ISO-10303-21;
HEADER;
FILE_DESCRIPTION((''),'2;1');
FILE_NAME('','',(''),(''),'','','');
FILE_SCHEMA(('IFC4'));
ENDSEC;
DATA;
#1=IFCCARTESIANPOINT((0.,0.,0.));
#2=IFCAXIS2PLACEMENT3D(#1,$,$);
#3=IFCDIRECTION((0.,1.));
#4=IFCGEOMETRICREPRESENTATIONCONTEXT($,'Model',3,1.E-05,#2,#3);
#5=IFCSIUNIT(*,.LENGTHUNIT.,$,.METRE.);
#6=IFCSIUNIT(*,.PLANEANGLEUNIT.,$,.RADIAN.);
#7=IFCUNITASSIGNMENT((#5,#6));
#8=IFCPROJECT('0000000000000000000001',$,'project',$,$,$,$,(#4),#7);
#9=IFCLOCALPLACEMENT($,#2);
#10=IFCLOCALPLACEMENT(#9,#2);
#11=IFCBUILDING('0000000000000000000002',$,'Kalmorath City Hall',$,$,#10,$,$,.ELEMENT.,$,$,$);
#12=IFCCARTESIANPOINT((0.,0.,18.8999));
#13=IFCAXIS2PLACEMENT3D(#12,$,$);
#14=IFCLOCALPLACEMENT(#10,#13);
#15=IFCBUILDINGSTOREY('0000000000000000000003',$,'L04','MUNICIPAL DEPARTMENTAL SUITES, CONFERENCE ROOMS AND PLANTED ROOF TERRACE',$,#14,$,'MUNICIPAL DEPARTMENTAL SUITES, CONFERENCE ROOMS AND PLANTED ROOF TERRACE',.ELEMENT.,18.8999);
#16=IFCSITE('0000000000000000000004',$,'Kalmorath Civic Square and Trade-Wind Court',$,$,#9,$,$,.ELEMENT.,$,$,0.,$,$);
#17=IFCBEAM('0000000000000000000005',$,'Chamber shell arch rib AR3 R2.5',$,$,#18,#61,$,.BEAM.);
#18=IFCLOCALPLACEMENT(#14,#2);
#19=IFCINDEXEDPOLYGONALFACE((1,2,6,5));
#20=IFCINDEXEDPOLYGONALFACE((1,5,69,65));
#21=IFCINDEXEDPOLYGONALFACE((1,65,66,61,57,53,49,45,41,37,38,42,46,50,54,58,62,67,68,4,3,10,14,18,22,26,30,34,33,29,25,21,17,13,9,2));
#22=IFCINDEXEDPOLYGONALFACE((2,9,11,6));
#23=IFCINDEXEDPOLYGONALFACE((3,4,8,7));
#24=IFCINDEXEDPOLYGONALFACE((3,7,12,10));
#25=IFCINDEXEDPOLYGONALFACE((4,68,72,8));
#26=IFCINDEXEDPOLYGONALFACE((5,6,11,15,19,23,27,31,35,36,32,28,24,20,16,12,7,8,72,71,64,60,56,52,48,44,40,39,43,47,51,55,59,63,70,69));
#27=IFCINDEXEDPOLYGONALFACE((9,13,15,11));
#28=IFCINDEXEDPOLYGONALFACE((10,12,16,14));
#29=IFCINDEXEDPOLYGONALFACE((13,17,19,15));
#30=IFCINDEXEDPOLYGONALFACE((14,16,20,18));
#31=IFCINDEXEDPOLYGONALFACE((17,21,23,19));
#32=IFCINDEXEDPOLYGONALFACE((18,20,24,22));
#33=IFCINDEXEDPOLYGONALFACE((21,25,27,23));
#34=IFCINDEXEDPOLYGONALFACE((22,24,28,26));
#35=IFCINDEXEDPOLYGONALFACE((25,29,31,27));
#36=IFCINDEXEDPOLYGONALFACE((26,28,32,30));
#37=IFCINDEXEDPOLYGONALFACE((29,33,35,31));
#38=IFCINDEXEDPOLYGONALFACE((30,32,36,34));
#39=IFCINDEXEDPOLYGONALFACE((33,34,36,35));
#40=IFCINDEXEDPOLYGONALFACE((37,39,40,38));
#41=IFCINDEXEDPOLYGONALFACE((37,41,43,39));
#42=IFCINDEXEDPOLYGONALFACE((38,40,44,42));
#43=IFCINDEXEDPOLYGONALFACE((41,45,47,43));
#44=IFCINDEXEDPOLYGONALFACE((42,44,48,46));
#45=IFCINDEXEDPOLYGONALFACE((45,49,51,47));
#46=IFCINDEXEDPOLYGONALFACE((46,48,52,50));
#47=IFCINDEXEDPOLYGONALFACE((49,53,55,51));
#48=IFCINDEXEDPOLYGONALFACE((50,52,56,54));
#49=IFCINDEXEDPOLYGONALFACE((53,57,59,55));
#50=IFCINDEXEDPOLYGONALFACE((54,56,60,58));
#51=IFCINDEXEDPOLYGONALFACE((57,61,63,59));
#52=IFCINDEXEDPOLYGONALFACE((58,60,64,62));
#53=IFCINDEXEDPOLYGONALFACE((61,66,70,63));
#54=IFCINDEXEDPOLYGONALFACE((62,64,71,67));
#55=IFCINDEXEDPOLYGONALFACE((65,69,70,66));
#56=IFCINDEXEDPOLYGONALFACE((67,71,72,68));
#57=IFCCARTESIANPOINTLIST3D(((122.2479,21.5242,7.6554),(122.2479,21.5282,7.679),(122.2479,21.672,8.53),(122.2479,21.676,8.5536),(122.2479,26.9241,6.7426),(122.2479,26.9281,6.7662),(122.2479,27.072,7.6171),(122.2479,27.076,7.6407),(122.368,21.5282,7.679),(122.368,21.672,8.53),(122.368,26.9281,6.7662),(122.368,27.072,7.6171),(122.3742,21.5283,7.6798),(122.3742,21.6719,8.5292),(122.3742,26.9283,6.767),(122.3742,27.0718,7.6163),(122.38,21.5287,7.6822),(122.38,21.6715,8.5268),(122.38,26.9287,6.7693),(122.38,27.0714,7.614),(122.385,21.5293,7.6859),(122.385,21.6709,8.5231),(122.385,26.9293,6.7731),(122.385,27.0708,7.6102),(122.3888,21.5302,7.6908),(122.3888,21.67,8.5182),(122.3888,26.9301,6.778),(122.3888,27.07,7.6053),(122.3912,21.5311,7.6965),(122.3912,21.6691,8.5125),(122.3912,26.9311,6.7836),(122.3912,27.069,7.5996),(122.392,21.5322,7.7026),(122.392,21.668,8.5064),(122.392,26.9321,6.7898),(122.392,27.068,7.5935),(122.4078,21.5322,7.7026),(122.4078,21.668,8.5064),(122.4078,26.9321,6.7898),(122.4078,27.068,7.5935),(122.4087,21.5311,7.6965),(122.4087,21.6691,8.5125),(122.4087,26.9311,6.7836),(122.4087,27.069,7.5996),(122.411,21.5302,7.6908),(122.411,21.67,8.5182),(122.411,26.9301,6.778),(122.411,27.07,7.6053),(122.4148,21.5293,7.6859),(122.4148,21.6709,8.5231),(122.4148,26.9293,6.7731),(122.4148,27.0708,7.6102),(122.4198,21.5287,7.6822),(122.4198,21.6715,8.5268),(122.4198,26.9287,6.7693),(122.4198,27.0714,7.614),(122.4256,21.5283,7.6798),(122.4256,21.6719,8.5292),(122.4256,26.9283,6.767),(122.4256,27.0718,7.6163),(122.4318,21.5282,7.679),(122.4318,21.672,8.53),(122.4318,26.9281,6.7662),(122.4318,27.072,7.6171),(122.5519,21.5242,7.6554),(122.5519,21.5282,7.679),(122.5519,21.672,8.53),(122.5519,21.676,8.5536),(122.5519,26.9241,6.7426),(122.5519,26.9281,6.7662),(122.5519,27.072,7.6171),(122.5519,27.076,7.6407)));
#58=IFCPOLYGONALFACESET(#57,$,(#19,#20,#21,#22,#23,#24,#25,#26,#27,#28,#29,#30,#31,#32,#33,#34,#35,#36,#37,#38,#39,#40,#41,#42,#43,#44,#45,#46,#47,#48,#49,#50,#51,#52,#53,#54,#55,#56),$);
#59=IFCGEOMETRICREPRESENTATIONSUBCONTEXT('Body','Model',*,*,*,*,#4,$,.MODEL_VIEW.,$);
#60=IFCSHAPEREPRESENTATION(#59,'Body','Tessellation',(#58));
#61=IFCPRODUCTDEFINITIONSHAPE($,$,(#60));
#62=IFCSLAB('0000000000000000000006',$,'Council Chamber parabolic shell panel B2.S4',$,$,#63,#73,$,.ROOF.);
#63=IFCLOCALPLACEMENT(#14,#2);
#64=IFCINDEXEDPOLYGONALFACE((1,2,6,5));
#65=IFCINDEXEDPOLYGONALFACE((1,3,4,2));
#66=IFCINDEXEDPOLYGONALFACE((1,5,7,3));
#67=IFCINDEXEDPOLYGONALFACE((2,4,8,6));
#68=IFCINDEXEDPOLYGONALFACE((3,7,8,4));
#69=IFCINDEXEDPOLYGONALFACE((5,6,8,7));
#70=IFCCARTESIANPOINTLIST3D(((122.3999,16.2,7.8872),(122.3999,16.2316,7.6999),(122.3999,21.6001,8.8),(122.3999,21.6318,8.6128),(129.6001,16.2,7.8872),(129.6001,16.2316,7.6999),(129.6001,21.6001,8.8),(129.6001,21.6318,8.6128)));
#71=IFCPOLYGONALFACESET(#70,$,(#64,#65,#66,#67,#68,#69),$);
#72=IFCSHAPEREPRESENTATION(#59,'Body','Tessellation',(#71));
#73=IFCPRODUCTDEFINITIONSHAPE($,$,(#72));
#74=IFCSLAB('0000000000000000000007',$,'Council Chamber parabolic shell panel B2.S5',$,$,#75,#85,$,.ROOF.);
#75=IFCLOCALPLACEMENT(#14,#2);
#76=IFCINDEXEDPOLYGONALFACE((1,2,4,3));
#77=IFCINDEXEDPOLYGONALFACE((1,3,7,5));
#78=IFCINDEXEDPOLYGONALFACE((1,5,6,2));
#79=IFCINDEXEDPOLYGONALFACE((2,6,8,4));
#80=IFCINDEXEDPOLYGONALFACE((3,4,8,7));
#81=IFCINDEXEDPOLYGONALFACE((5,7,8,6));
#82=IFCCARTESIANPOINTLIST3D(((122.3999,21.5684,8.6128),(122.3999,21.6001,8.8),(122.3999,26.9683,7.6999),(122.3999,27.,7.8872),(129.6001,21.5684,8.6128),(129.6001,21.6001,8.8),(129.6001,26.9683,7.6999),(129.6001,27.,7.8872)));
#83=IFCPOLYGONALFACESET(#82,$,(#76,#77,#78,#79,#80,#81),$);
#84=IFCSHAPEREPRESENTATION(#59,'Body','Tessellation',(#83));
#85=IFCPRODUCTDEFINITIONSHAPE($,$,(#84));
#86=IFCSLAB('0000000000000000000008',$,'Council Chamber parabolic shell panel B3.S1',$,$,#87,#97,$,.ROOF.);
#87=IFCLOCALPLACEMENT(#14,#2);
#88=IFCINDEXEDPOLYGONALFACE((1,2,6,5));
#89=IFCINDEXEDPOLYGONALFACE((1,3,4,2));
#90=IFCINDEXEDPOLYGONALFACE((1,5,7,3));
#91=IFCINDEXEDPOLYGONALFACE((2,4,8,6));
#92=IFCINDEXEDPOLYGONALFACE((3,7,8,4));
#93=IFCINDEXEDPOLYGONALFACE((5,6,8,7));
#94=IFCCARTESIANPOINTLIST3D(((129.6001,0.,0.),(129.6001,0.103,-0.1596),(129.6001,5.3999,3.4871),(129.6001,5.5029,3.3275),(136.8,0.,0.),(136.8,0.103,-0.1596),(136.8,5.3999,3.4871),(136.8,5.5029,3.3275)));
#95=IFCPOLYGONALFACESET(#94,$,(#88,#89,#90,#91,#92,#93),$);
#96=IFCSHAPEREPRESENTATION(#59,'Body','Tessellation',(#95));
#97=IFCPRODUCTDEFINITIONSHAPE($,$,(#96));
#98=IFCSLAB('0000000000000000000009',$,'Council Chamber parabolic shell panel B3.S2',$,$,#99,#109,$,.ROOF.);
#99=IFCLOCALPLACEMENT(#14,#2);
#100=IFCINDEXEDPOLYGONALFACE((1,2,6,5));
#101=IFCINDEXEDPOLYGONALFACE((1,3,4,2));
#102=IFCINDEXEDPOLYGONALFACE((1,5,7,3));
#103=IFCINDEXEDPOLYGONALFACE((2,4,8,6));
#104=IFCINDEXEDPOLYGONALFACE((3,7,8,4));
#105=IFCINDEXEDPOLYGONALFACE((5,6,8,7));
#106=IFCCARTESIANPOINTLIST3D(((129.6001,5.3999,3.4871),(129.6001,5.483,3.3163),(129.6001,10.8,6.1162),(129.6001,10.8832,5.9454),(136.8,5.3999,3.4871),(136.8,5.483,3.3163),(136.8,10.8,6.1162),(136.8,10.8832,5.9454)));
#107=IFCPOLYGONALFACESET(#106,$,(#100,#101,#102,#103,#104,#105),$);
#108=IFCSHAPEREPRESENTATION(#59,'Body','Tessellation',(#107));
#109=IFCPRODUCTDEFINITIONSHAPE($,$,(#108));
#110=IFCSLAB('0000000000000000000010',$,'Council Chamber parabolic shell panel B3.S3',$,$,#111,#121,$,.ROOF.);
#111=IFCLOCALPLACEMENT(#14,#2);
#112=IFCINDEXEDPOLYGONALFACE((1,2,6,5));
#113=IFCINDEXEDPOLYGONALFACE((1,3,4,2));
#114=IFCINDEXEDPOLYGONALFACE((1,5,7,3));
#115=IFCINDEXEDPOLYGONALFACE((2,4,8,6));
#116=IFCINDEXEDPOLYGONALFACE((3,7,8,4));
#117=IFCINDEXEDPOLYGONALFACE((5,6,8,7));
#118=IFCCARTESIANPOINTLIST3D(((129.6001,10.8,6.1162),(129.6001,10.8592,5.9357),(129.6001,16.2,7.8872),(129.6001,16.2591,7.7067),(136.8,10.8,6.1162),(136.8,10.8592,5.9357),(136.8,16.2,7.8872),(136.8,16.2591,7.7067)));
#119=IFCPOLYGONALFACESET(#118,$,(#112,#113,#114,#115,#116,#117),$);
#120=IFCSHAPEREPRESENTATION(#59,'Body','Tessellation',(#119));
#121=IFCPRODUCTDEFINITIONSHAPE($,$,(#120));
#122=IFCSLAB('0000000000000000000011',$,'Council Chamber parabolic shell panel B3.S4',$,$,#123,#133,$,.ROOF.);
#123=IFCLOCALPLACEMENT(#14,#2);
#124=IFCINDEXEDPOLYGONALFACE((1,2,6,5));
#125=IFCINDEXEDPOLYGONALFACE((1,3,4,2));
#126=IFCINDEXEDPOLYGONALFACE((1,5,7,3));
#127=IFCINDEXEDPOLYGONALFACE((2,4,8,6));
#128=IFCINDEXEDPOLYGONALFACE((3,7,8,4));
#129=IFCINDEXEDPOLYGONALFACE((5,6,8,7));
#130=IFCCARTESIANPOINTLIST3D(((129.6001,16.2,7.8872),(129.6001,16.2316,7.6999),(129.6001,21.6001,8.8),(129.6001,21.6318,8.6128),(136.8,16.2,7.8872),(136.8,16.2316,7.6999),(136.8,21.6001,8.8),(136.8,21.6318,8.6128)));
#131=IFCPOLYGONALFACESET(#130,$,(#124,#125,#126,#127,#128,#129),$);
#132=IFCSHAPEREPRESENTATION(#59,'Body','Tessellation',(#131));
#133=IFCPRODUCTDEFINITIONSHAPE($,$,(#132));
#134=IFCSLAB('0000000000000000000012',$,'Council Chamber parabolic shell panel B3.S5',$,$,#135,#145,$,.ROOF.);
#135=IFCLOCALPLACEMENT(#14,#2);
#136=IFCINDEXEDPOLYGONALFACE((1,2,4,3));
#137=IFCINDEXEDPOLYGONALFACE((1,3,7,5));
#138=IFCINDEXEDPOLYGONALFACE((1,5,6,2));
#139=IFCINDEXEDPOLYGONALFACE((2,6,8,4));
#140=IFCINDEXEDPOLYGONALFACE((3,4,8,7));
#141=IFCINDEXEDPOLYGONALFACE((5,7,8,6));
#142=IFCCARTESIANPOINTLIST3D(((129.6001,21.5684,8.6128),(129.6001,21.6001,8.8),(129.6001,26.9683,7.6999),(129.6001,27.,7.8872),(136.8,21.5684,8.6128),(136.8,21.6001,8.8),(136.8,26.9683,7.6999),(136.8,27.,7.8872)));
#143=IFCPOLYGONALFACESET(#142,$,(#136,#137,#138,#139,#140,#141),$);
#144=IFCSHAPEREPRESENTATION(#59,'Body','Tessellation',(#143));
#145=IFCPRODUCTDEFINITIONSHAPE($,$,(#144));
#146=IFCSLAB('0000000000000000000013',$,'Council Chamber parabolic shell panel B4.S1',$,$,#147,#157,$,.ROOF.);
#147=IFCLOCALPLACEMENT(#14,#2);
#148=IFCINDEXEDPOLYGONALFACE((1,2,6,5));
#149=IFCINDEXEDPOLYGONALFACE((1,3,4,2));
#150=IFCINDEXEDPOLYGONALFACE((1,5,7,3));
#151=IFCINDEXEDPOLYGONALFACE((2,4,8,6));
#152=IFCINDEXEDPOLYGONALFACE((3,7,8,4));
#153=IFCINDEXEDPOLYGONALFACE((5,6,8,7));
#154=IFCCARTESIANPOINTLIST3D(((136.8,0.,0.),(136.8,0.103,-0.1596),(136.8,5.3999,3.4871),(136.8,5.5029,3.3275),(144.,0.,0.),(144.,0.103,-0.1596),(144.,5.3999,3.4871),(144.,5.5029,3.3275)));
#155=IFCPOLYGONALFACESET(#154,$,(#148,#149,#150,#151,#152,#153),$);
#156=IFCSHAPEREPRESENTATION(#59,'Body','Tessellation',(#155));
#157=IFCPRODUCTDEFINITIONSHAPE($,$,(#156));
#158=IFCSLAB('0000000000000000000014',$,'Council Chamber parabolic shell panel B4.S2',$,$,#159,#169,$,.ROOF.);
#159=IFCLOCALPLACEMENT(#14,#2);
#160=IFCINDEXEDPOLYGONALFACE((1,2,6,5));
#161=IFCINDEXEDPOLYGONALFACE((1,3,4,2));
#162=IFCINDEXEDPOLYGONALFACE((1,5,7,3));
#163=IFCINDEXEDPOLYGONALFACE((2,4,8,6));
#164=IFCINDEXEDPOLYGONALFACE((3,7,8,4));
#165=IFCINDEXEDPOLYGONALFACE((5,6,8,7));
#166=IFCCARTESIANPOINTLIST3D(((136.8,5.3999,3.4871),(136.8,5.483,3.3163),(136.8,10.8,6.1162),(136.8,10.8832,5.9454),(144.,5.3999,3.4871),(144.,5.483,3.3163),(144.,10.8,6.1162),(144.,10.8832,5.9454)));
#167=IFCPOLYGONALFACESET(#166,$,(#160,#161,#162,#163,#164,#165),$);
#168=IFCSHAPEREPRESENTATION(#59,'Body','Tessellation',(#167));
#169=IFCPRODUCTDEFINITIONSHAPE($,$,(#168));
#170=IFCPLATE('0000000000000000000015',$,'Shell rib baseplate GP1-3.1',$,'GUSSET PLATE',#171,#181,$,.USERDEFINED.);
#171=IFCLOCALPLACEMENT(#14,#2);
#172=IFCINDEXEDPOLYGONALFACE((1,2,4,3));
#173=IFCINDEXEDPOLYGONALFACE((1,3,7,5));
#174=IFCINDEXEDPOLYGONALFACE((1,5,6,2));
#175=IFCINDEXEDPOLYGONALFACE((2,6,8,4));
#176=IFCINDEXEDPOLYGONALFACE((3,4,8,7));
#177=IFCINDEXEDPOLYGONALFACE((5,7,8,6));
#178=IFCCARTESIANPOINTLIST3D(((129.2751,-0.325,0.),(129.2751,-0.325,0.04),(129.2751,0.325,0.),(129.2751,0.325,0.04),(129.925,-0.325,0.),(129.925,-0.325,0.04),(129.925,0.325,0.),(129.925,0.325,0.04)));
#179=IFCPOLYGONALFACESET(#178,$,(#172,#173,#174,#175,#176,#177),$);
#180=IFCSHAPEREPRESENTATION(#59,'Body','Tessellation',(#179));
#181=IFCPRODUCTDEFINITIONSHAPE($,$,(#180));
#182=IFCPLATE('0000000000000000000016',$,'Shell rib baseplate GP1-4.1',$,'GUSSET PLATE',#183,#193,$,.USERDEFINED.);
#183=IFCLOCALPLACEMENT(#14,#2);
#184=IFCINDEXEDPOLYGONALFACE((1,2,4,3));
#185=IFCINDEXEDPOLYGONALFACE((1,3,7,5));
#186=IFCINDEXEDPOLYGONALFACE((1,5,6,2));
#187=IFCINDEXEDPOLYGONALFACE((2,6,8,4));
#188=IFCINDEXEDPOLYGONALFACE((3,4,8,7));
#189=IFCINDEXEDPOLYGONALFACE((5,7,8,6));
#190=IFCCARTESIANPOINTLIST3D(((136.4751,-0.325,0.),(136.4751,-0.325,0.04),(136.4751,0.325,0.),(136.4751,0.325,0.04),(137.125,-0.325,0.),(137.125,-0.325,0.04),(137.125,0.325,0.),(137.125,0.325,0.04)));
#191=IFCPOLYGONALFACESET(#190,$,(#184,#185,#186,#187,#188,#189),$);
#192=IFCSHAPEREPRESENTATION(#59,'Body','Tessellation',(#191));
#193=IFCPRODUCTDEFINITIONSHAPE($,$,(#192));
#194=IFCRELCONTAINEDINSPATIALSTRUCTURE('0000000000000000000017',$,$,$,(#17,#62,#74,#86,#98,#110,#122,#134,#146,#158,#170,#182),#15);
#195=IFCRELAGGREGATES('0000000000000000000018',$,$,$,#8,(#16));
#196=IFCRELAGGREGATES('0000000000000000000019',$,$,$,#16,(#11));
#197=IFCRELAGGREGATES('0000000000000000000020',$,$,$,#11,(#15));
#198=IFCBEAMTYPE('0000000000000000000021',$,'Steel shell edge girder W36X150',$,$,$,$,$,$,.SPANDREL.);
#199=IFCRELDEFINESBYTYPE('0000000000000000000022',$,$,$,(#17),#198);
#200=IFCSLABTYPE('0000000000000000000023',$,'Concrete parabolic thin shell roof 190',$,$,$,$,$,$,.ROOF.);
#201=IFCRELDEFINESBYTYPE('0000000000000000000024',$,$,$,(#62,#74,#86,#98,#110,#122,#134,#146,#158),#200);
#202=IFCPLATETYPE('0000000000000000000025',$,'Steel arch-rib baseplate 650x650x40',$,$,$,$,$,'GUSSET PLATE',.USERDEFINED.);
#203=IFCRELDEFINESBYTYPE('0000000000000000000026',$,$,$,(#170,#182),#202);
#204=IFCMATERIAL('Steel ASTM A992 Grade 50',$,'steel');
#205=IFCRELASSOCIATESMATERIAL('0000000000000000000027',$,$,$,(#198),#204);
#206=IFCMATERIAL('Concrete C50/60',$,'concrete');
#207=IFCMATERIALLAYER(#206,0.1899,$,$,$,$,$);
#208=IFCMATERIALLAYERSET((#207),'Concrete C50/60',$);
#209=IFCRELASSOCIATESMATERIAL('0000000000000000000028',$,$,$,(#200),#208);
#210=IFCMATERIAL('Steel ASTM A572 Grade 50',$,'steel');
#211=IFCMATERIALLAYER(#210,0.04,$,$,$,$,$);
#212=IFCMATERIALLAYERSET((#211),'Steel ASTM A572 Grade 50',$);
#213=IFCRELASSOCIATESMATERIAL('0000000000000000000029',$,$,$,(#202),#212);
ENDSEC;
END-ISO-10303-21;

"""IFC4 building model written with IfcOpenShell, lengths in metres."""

from ifc_helpers import new_model, si_unit, direction, frame, origin, origin_2d, place, context, subcontext, project, spatial, polyline, rectangle, i_section, outline, extrude, material, layer, layer_set, material_profile, profile_set, type_object, element, save


model = new_model("IFC4")

# Units and contexts
model_context = context("Model", 3, precision=1e-05, world=origin(), true_north=direction((0.0, 1.0)))
body_context = subcontext(model_context, "Body", "Model", "MODEL_VIEW")
ifc_project = project(units=[si_unit("LENGTHUNIT", "METRE"), si_unit("PLANEANGLEUNIT", "RADIAN")], contexts=[model_context])

# Site, building, storey
site_placement = place(None, origin())
site = spatial("IfcSite", under=ifc_project, at=site_placement, Name="Kalmorath Civic Square and Trade-Wind Court", CompositionType="ELEMENT", RefElevation=0.0)
building_placement = place(site_placement, origin())
building = spatial("IfcBuilding", under=site, at=building_placement, Name="Kalmorath City Hall", CompositionType="ELEMENT")
storey_placement = place(building_placement, frame((0.0, 0.0, 18.8999)))
storey = spatial("IfcBuildingStorey", under=building, at=storey_placement, Name="L04", Description="MUNICIPAL DEPARTMENTAL SUITES, CONFERENCE ROOMS AND PLANTED ROOF TERRACE", LongName="MUNICIPAL DEPARTMENTAL SUITES, CONFERENCE ROOMS AND PLANTED ROOF TERRACE", CompositionType="ELEMENT", Elevation=18.8999)

# Beam
ifc_material_1 = material(Name="Steel ASTM A992 Grade 50", Category="steel")
ifc_material_profile_1 = material_profile(ifc_material_1, i_section(OverallWidth=0.304, OverallDepth=0.9109, WebThickness=0.0159, FlangeThickness=0.0239, FilletRadius=0.0239, at=origin_2d()), Name="W36X150")
ifc_profile_set_1 = profile_set([ifc_material_profile_1], Name="Steel ASTM A992 Grade 50")
beam_type_1 = type_object("IfcBeamType", Name="Steel shell edge girder W36X150", PredefinedType="SPANDREL", material=ifc_profile_set_1)
beam_1_placement = place(storey_placement, frame((122.3999, 21.6001, 8.1045), z_axis=(0.0, 0.986011, -0.166683), x_axis=(-1.0, 0.0, 0.0)))
element("IfcBeam", 1, at=beam_1_placement, inside=storey, type_object=beam_type_1, Name="Chamber shell arch rib AR3 R2.5", PredefinedType="BEAM", context=body_context, shape_type="SweptSolid", body=[
    extrude(i_section(OverallWidth=0.304, OverallDepth=0.9109, WebThickness=0.0159, FlangeThickness=0.0239, FilletRadius=0.0239, at=origin_2d()), origin(), (0.0, 0.0, 1.0), 5.4766),
])

# Slabs
ifc_material_2 = material(Name="Concrete C50/60", Category="concrete")
ifc_layer_1 = layer(ifc_material_2, 0.1899)
ifc_layer_set_1 = layer_set([ifc_layer_1], Name="Concrete C50/60")
slab_type = type_object("IfcSlabType", Name="Concrete parabolic thin shell roof 190", PredefinedType="ROOF", material=ifc_layer_set_1)
slab_1_placement = place(storey_placement, frame((122.3999, 16.2, 7.8872), z_axis=(0.0, -0.166676, 0.986012), x_axis=(1.0, 0.0, 0.0)))
element("IfcSlab", 2, at=slab_1_placement, inside=storey, type_object=slab_type, Name="Council Chamber parabolic shell panel B2.S4", PredefinedType="ROOF", context=body_context, shape_type="SweptSolid", body=[
    extrude(outline(polyline([(0.0, 0.0), (7.2002, 0.0), (7.2002, 5.4768), (0.0, 5.4768), (0.0, 0.0)])), origin(), (0.0, 0.0, -1.0), 0.1899),
])
slab_2_placement = place(storey_placement, frame((122.3999, 21.6001, 8.8), z_axis=(0.0, 0.166683, 0.986011), x_axis=(1.0, 0.0, 0.0)))
element("IfcSlab", 3, at=slab_2_placement, inside=storey, type_object=slab_type, Name="Council Chamber parabolic shell panel B2.S5", PredefinedType="ROOF", context=body_context, shape_type="SweptSolid", body=[
    extrude(outline(polyline([(0.0, 0.0), (7.2002, 0.0), (7.2002, 5.4765), (0.0, 5.4765), (0.0, 0.0)])), origin(), (0.0, 0.0, -1.0), 0.1899),
])
slab_3_placement = place(storey_placement, frame((129.6001, 0.0, 0.0), z_axis=(0.0, -0.542484, 0.840066), x_axis=(1.0, 0.0, 0.0)))
element("IfcSlab", 4, at=slab_3_placement, inside=storey, type_object=slab_type, Name="Council Chamber parabolic shell panel B3.S1", PredefinedType="ROOF", context=body_context, shape_type="SweptSolid", body=[
    extrude(outline(polyline([(0.0, 0.0), (7.2, 0.0), (7.2, 6.4279), (0.0, 6.4279), (0.0, 0.0)])), origin(), (0.0, 0.0, -1.0), 0.1899),
])
slab_4_placement = place(storey_placement, frame((129.6001, 5.3999, 3.4871), z_axis=(0.0, -0.437742, 0.899101), x_axis=(1.0, 0.0, 0.0)))
element("IfcSlab", 5, at=slab_4_placement, inside=storey, type_object=slab_type, Name="Council Chamber parabolic shell panel B3.S2", PredefinedType="ROOF", context=body_context, shape_type="SweptSolid", body=[
    extrude(outline(polyline([(0.0, 0.0), (7.2, 0.0), (7.2, 6.0062), (0.0, 6.0062), (0.0, 0.0)])), origin(), (0.0, 0.0, -1.0), 0.1899),
])
slab_5_placement = place(storey_placement, frame((129.6001, 10.8, 6.1162), z_axis=(0.0, -0.311636, 0.950202), x_axis=(1.0, 0.0, 0.0)))
element("IfcSlab", 6, at=slab_5_placement, inside=storey, type_object=slab_type, Name="Council Chamber parabolic shell panel B3.S3", PredefinedType="ROOF", context=body_context, shape_type="SweptSolid", body=[
    extrude(outline(polyline([(0.0, 0.0), (7.2, 0.0), (7.2, 5.6829), (0.0, 5.6829), (0.0, 0.0)])), origin(), (0.0, 0.0, -1.0), 0.1899),
])
slab_6_placement = place(storey_placement, frame((129.6001, 16.2, 7.8872), z_axis=(0.0, -0.166676, 0.986012), x_axis=(1.0, 0.0, 0.0)))
element("IfcSlab", 7, at=slab_6_placement, inside=storey, type_object=slab_type, Name="Council Chamber parabolic shell panel B3.S4", PredefinedType="ROOF", context=body_context, shape_type="SweptSolid", body=[
    extrude(outline(polyline([(0.0, 0.0), (7.2, 0.0), (7.2, 5.4768), (0.0, 5.4768), (0.0, 0.0)])), origin(), (0.0, 0.0, -1.0), 0.1899),
])
slab_7_placement = place(storey_placement, frame((129.6001, 21.6001, 8.8), z_axis=(0.0, 0.166683, 0.986011), x_axis=(1.0, 0.0, 0.0)))
element("IfcSlab", 8, at=slab_7_placement, inside=storey, type_object=slab_type, Name="Council Chamber parabolic shell panel B3.S5", PredefinedType="ROOF", context=body_context, shape_type="SweptSolid", body=[
    extrude(outline(polyline([(0.0, 0.0), (7.2, 0.0), (7.2, 5.4765), (0.0, 5.4765), (0.0, 0.0)])), origin(), (0.0, 0.0, -1.0), 0.1899),
])
slab_8_placement = place(storey_placement, frame((136.8, 0.0, 0.0), z_axis=(0.0, -0.542484, 0.840066), x_axis=(1.0, 0.0, 0.0)))
element("IfcSlab", 9, at=slab_8_placement, inside=storey, type_object=slab_type, Name="Council Chamber parabolic shell panel B4.S1", PredefinedType="ROOF", context=body_context, shape_type="SweptSolid", body=[
    extrude(outline(polyline([(0.0, 0.0), (7.2, 0.0), (7.2, 6.4279), (0.0, 6.4279), (0.0, 0.0)])), origin(), (0.0, 0.0, -1.0), 0.1899),
])
slab_9_placement = place(storey_placement, frame((136.8, 5.3999, 3.4871), z_axis=(0.0, -0.437742, 0.899101), x_axis=(1.0, 0.0, 0.0)))
element("IfcSlab", 10, at=slab_9_placement, inside=storey, type_object=slab_type, Name="Council Chamber parabolic shell panel B4.S2", PredefinedType="ROOF", context=body_context, shape_type="SweptSolid", body=[
    extrude(outline(polyline([(0.0, 0.0), (7.2, 0.0), (7.2, 6.0062), (0.0, 6.0062), (0.0, 0.0)])), origin(), (0.0, 0.0, -1.0), 0.1899),
])

# Plates
ifc_material_3 = material(Name="Steel ASTM A572 Grade 50", Category="steel")
ifc_layer_2 = layer(ifc_material_3, 0.04)
ifc_layer_set_2 = layer_set([ifc_layer_2], Name="Steel ASTM A572 Grade 50")
plate_type = type_object("IfcPlateType", Name="Steel arch-rib baseplate 650x650x40", ElementType="GUSSET PLATE", PredefinedType="USERDEFINED", material=ifc_layer_set_2)
for number, where, z_axis, x_axis, name in (
    (11, (129.6001, 0.0, 0.0), (0.0, 0.0, 1.0), (1.0, 0.0, 0.0), "Shell rib baseplate GP1-3.1"),
    (12, (136.8, 0.0, 0.0), (0.0, 0.0, 1.0), (1.0, 0.0, 0.0), "Shell rib baseplate GP1-4.1"),
):
    element("IfcPlate", number, at=place(storey_placement, frame(where, z_axis=z_axis, x_axis=x_axis)), inside=storey, type_object=plate_type, Name=name, ObjectType="GUSSET PLATE", PredefinedType="USERDEFINED", context=body_context, shape_type="SweptSolid", body=[
        extrude(rectangle(XDim=0.6499, YDim=0.6499, at=origin_2d()), origin(), (0.0, 0.0, 1.0), 0.04),
    ])

save(model, "model.ifc")
